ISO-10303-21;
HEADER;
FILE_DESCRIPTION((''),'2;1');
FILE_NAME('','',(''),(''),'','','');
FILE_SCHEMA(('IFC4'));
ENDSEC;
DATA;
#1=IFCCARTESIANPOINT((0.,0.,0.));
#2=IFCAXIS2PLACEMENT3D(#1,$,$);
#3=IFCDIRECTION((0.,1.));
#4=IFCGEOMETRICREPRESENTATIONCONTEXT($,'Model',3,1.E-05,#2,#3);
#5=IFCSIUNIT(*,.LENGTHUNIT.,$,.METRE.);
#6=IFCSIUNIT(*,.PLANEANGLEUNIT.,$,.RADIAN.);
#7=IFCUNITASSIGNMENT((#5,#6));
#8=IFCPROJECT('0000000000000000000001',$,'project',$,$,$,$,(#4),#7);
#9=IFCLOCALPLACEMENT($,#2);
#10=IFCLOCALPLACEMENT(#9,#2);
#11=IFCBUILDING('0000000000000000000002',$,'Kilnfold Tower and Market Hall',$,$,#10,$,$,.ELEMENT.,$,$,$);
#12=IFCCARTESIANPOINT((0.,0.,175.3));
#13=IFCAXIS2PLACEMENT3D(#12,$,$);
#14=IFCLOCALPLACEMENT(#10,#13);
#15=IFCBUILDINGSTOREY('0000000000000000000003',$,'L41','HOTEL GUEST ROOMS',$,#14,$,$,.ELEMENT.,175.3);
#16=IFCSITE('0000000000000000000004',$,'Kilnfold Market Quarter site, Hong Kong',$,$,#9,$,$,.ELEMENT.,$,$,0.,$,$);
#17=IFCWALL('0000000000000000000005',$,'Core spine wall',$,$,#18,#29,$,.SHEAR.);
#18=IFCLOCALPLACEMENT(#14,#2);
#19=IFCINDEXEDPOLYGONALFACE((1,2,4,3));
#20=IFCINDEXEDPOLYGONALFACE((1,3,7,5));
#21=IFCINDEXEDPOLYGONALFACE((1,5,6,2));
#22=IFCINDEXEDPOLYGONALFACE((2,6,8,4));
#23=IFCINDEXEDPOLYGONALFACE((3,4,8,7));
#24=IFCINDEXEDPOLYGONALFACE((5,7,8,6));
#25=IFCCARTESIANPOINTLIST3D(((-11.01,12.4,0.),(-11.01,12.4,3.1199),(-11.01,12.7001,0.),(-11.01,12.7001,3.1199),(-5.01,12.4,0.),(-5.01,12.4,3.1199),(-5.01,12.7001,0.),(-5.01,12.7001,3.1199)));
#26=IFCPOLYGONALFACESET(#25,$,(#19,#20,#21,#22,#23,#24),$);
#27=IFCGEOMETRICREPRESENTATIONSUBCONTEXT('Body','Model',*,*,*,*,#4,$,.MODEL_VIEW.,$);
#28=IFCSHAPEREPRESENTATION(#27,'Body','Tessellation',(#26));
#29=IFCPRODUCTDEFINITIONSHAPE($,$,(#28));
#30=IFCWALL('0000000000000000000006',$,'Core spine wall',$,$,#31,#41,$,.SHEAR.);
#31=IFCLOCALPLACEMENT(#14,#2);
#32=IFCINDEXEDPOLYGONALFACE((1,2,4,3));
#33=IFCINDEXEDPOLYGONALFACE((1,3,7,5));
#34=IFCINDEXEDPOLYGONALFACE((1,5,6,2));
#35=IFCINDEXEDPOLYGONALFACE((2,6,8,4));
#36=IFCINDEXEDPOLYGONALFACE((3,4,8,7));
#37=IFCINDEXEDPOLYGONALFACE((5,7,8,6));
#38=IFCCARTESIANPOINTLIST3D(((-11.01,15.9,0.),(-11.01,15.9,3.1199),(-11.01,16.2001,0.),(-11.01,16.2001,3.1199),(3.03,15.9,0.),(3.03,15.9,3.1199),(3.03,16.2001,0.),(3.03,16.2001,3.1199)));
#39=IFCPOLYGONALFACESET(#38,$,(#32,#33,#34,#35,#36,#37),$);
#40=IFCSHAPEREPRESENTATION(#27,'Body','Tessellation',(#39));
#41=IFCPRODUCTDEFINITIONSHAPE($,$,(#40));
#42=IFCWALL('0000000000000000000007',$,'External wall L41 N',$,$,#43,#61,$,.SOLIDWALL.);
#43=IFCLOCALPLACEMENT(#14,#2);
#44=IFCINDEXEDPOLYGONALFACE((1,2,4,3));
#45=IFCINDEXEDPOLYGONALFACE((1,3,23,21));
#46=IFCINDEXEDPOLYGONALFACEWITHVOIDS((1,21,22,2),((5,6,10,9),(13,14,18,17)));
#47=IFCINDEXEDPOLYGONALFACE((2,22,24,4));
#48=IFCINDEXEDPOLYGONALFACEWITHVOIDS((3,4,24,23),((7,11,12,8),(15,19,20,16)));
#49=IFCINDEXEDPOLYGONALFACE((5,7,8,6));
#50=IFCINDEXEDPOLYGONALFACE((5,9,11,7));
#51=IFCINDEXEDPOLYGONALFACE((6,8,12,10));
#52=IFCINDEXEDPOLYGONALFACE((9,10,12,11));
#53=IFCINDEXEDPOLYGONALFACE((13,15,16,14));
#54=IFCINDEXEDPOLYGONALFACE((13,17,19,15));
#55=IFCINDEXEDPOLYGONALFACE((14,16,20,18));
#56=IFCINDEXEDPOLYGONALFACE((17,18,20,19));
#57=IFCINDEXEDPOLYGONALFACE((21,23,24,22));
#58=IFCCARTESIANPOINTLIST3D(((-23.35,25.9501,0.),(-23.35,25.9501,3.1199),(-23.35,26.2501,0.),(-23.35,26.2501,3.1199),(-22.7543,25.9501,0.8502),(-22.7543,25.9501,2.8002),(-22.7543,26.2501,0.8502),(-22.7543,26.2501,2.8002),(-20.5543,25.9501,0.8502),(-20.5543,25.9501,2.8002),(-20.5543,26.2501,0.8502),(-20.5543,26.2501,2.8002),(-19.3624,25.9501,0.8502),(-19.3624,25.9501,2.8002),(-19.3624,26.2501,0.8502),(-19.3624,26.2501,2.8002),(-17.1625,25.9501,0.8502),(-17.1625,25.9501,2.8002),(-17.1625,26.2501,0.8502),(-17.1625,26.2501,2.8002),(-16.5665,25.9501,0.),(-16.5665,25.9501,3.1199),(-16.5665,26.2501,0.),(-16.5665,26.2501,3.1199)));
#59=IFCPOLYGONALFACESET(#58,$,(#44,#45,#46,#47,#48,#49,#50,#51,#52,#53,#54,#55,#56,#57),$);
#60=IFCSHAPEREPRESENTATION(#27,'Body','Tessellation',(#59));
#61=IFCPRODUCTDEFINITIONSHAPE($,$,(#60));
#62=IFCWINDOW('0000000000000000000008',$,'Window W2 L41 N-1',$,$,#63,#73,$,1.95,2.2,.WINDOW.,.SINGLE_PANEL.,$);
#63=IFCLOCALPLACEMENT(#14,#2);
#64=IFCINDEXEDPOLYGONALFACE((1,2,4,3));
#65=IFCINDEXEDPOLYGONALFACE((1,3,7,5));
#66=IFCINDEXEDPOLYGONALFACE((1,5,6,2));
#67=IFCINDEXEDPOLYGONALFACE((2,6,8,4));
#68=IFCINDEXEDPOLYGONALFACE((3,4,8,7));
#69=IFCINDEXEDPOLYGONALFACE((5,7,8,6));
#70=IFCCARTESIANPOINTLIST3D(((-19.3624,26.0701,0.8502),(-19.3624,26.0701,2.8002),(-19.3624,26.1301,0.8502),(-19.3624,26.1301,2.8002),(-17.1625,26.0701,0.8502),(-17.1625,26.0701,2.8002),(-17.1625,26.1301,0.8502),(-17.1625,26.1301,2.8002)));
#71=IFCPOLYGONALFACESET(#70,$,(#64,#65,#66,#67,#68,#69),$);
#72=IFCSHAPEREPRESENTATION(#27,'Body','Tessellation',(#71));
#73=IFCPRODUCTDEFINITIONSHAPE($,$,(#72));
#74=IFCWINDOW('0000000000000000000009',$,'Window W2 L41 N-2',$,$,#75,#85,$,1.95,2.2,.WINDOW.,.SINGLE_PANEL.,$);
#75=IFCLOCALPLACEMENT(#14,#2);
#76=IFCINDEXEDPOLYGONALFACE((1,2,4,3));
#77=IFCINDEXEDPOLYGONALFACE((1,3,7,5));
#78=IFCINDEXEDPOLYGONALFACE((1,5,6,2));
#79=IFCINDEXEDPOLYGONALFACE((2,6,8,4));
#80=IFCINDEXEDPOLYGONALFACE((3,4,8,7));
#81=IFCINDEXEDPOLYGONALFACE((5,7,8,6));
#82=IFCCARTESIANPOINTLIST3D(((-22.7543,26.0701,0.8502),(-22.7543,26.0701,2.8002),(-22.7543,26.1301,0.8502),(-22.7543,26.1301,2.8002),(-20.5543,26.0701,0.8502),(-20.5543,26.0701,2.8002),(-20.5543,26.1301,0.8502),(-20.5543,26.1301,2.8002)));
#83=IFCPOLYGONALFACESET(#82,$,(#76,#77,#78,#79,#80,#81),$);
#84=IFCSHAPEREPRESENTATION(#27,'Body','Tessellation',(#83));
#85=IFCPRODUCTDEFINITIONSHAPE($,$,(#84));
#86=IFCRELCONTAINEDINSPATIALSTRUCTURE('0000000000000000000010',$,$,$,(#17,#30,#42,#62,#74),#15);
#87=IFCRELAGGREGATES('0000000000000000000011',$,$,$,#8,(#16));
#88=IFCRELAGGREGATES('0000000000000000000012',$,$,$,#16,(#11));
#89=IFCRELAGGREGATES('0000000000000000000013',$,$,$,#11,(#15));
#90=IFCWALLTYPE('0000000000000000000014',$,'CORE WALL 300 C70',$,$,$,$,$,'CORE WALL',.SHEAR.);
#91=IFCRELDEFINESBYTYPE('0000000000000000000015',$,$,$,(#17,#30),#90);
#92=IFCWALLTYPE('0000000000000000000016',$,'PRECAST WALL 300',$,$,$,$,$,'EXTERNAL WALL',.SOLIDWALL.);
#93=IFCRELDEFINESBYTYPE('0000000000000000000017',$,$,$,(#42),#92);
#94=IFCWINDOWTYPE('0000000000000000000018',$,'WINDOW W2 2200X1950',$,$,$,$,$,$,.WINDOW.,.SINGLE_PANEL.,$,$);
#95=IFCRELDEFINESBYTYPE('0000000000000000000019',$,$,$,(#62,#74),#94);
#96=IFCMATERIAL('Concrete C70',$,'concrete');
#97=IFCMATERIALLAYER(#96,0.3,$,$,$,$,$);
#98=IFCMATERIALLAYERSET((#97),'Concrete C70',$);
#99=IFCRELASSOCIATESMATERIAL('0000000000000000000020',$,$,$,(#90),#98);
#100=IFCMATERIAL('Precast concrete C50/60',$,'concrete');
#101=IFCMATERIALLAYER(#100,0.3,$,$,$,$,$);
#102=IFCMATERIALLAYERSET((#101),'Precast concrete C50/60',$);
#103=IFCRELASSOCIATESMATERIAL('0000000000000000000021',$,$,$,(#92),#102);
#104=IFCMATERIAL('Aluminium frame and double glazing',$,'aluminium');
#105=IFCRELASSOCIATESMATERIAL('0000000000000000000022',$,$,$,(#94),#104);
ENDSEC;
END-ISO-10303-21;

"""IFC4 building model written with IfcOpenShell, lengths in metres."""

from ifc_helpers import new_model, si_unit, direction, frame, frame_2d, origin, place, context, subcontext, project, spatial, rectangle, extrude, source, transform, mapped, material, layer, layer_set, type_object, element, fill, save


model = new_model("IFC4")

# Units and contexts
model_context = context("Model", 3, precision=1e-05, world=origin(), true_north=direction((0.0, 1.0)))
body_context = subcontext(model_context, "Body", "Model", "MODEL_VIEW")
ifc_project = project(units=[si_unit("LENGTHUNIT", "METRE"), si_unit("PLANEANGLEUNIT", "RADIAN")], contexts=[model_context])

# Site, building, storey
site_placement = place(None, origin())
site = spatial("IfcSite", under=ifc_project, at=site_placement, Name="Kilnfold Market Quarter site, Hong Kong", CompositionType="ELEMENT", RefElevation=0.0)
building_placement = place(site_placement, origin())
building = spatial("IfcBuilding", under=site, at=building_placement, Name="Kilnfold Tower and Market Hall", CompositionType="ELEMENT")
storey_placement = place(building_placement, frame((0.0, 0.0, 175.3)))
storey = spatial("IfcBuildingStorey", under=building, at=storey_placement, Name="L41", Description="HOTEL GUEST ROOMS", CompositionType="ELEMENT", Elevation=175.3)

# Walls
ifc_material_1 = material(Name="Concrete C70", Category="concrete")
ifc_layer_1 = layer(ifc_material_1, 0.3)
ifc_layer_set_1 = layer_set([ifc_layer_1], Name="Concrete C70")
wall_type_1 = type_object("IfcWallType", Name="CORE WALL 300 C70", ElementType="CORE WALL", PredefinedType="SHEAR", material=ifc_layer_set_1)
shared_shape_1 = source(origin(), body_context, "Body", "SweptSolid", [
    extrude(rectangle(XDim=6.0, YDim=0.3, at=frame_2d((3.0, 0.0))), origin(), (0.0, 0.0, 1.0), 3.1199),
])
wall_1_placement = place(storey_placement, frame((-11.01, 12.55, 0.0), z_axis=(0.0, 0.0, 1.0), x_axis=(1.0, 0.0, 0.0)))
element("IfcWall", 1, at=wall_1_placement, inside=storey, type_object=wall_type_1, Name="Core spine wall", PredefinedType="SHEAR", context=body_context, shape_type="MappedRepresentation", body=[
    mapped(shared_shape_1, transform((0.0, 0.0, 0.0))),
])
shared_shape_2 = source(origin(), body_context, "Body", "SweptSolid", [
    extrude(rectangle(XDim=14.04, YDim=0.3, at=frame_2d((7.02, 0.0))), origin(), (0.0, 0.0, 1.0), 3.1199),
])
wall_2_placement = place(storey_placement, frame((-11.01, 16.05, 0.0), z_axis=(0.0, 0.0, 1.0), x_axis=(1.0, 0.0, 0.0)))
element("IfcWall", 2, at=wall_2_placement, inside=storey, type_object=wall_type_1, Name="Core spine wall", PredefinedType="SHEAR", context=body_context, shape_type="MappedRepresentation", body=[
    mapped(shared_shape_2, transform((0.0, 0.0, 0.0))),
])

# Wall, openings, windows
ifc_material_2 = material(Name="Precast concrete C50/60", Category="concrete")
ifc_layer_2 = layer(ifc_material_2, 0.3)
ifc_layer_set_2 = layer_set([ifc_layer_2], Name="Precast concrete C50/60")
wall_type_2 = type_object("IfcWallType", Name="PRECAST WALL 300", ElementType="EXTERNAL WALL", PredefinedType="SOLIDWALL", material=ifc_layer_set_2)
shared_shape_3 = source(origin(), body_context, "Body", "SweptSolid", [
    extrude(rectangle(XDim=6.7834, YDim=0.3, at=frame_2d((3.3916, 0.0))), origin(), (0.0, 0.0, 1.0), 3.1199),
])
wall_3_placement = place(storey_placement, frame((-16.5667, 26.1001, 0.0), z_axis=(0.0, 0.0, 1.0), x_axis=(-1.0, 0.0, 0.0)))
wall_3 = element("IfcWall", 3, at=wall_3_placement, inside=storey, type_object=wall_type_2, Name="External wall L41 N", PredefinedType="SOLIDWALL", context=body_context, shape_type="MappedRepresentation", body=[
    mapped(shared_shape_3, transform((0.0, 0.0, 0.0))),
])
opening_1_placement = place(wall_3_placement, frame((0.5957, 0.0, 0.8501)))
opening_1 = element("IfcOpeningElement", 4, at=opening_1_placement, cuts=wall_3, PredefinedType="OPENING", context=body_context, shape_type="SweptSolid", body=[
    extrude(rectangle(XDim=2.2, YDim=1.95, at=frame_2d((1.1001, 0.9751))), frame((0.0, 0.1602, 0.0), z_axis=(0.0, -1.0, 0.0), x_axis=(1.0, 0.0, 0.0)), (0.0, 0.0, 1.0), 0.3201),
])
opening_2_placement = place(wall_3_placement, frame((3.9875, 0.0, 0.8501)))
opening_2 = element("IfcOpeningElement", 5, at=opening_2_placement, cuts=wall_3, PredefinedType="OPENING", context=body_context, shape_type="SweptSolid", body=[
    extrude(rectangle(XDim=2.2, YDim=1.95, at=frame_2d((1.1001, 0.9751))), frame((0.0, 0.1602, 0.0), z_axis=(0.0, -1.0, 0.0), x_axis=(1.0, 0.0, 0.0)), (0.0, 0.0, 1.0), 0.3201),
])
ifc_material_3 = material(Name="Aluminium frame and double glazing", Category="aluminium")
window_type = type_object("IfcWindowType", Name="WINDOW W2 2200X1950", PartitioningType="SINGLE_PANEL", PredefinedType="WINDOW", material=ifc_material_3)
window_1_placement = place(opening_1_placement, origin())
window_1 = element("IfcWindow", 6, at=window_1_placement, inside=storey, type_object=window_type, Name="Window W2 L41 N-1", OverallHeight=1.95, OverallWidth=2.2, PartitioningType="SINGLE_PANEL", PredefinedType="WINDOW", context=body_context, shape_type="SweptSolid", body=[
    extrude(rectangle(XDim=2.2, YDim=1.95, at=frame_2d((1.1001, 0.9751))), frame((0.0, 0.03, 0.0), z_axis=(0.0, -1.0, 0.0), x_axis=(1.0, 0.0, 0.0)), (0.0, 0.0, 1.0), 0.0601),
])
fill(opening_1, window_1)
window_2_placement = place(opening_2_placement, origin())
window_2 = element("IfcWindow", 7, at=window_2_placement, inside=storey, type_object=window_type, Name="Window W2 L41 N-2", OverallHeight=1.95, OverallWidth=2.2, PartitioningType="SINGLE_PANEL", PredefinedType="WINDOW", context=body_context, shape_type="SweptSolid", body=[
    extrude(rectangle(XDim=2.2, YDim=1.95, at=frame_2d((1.1001, 0.9751))), frame((0.0, 0.03, 0.0), z_axis=(0.0, -1.0, 0.0), x_axis=(1.0, 0.0, 0.0)), (0.0, 0.0, 1.0), 0.0601),
])
fill(opening_2, window_2)

save(model, "model.ifc")
